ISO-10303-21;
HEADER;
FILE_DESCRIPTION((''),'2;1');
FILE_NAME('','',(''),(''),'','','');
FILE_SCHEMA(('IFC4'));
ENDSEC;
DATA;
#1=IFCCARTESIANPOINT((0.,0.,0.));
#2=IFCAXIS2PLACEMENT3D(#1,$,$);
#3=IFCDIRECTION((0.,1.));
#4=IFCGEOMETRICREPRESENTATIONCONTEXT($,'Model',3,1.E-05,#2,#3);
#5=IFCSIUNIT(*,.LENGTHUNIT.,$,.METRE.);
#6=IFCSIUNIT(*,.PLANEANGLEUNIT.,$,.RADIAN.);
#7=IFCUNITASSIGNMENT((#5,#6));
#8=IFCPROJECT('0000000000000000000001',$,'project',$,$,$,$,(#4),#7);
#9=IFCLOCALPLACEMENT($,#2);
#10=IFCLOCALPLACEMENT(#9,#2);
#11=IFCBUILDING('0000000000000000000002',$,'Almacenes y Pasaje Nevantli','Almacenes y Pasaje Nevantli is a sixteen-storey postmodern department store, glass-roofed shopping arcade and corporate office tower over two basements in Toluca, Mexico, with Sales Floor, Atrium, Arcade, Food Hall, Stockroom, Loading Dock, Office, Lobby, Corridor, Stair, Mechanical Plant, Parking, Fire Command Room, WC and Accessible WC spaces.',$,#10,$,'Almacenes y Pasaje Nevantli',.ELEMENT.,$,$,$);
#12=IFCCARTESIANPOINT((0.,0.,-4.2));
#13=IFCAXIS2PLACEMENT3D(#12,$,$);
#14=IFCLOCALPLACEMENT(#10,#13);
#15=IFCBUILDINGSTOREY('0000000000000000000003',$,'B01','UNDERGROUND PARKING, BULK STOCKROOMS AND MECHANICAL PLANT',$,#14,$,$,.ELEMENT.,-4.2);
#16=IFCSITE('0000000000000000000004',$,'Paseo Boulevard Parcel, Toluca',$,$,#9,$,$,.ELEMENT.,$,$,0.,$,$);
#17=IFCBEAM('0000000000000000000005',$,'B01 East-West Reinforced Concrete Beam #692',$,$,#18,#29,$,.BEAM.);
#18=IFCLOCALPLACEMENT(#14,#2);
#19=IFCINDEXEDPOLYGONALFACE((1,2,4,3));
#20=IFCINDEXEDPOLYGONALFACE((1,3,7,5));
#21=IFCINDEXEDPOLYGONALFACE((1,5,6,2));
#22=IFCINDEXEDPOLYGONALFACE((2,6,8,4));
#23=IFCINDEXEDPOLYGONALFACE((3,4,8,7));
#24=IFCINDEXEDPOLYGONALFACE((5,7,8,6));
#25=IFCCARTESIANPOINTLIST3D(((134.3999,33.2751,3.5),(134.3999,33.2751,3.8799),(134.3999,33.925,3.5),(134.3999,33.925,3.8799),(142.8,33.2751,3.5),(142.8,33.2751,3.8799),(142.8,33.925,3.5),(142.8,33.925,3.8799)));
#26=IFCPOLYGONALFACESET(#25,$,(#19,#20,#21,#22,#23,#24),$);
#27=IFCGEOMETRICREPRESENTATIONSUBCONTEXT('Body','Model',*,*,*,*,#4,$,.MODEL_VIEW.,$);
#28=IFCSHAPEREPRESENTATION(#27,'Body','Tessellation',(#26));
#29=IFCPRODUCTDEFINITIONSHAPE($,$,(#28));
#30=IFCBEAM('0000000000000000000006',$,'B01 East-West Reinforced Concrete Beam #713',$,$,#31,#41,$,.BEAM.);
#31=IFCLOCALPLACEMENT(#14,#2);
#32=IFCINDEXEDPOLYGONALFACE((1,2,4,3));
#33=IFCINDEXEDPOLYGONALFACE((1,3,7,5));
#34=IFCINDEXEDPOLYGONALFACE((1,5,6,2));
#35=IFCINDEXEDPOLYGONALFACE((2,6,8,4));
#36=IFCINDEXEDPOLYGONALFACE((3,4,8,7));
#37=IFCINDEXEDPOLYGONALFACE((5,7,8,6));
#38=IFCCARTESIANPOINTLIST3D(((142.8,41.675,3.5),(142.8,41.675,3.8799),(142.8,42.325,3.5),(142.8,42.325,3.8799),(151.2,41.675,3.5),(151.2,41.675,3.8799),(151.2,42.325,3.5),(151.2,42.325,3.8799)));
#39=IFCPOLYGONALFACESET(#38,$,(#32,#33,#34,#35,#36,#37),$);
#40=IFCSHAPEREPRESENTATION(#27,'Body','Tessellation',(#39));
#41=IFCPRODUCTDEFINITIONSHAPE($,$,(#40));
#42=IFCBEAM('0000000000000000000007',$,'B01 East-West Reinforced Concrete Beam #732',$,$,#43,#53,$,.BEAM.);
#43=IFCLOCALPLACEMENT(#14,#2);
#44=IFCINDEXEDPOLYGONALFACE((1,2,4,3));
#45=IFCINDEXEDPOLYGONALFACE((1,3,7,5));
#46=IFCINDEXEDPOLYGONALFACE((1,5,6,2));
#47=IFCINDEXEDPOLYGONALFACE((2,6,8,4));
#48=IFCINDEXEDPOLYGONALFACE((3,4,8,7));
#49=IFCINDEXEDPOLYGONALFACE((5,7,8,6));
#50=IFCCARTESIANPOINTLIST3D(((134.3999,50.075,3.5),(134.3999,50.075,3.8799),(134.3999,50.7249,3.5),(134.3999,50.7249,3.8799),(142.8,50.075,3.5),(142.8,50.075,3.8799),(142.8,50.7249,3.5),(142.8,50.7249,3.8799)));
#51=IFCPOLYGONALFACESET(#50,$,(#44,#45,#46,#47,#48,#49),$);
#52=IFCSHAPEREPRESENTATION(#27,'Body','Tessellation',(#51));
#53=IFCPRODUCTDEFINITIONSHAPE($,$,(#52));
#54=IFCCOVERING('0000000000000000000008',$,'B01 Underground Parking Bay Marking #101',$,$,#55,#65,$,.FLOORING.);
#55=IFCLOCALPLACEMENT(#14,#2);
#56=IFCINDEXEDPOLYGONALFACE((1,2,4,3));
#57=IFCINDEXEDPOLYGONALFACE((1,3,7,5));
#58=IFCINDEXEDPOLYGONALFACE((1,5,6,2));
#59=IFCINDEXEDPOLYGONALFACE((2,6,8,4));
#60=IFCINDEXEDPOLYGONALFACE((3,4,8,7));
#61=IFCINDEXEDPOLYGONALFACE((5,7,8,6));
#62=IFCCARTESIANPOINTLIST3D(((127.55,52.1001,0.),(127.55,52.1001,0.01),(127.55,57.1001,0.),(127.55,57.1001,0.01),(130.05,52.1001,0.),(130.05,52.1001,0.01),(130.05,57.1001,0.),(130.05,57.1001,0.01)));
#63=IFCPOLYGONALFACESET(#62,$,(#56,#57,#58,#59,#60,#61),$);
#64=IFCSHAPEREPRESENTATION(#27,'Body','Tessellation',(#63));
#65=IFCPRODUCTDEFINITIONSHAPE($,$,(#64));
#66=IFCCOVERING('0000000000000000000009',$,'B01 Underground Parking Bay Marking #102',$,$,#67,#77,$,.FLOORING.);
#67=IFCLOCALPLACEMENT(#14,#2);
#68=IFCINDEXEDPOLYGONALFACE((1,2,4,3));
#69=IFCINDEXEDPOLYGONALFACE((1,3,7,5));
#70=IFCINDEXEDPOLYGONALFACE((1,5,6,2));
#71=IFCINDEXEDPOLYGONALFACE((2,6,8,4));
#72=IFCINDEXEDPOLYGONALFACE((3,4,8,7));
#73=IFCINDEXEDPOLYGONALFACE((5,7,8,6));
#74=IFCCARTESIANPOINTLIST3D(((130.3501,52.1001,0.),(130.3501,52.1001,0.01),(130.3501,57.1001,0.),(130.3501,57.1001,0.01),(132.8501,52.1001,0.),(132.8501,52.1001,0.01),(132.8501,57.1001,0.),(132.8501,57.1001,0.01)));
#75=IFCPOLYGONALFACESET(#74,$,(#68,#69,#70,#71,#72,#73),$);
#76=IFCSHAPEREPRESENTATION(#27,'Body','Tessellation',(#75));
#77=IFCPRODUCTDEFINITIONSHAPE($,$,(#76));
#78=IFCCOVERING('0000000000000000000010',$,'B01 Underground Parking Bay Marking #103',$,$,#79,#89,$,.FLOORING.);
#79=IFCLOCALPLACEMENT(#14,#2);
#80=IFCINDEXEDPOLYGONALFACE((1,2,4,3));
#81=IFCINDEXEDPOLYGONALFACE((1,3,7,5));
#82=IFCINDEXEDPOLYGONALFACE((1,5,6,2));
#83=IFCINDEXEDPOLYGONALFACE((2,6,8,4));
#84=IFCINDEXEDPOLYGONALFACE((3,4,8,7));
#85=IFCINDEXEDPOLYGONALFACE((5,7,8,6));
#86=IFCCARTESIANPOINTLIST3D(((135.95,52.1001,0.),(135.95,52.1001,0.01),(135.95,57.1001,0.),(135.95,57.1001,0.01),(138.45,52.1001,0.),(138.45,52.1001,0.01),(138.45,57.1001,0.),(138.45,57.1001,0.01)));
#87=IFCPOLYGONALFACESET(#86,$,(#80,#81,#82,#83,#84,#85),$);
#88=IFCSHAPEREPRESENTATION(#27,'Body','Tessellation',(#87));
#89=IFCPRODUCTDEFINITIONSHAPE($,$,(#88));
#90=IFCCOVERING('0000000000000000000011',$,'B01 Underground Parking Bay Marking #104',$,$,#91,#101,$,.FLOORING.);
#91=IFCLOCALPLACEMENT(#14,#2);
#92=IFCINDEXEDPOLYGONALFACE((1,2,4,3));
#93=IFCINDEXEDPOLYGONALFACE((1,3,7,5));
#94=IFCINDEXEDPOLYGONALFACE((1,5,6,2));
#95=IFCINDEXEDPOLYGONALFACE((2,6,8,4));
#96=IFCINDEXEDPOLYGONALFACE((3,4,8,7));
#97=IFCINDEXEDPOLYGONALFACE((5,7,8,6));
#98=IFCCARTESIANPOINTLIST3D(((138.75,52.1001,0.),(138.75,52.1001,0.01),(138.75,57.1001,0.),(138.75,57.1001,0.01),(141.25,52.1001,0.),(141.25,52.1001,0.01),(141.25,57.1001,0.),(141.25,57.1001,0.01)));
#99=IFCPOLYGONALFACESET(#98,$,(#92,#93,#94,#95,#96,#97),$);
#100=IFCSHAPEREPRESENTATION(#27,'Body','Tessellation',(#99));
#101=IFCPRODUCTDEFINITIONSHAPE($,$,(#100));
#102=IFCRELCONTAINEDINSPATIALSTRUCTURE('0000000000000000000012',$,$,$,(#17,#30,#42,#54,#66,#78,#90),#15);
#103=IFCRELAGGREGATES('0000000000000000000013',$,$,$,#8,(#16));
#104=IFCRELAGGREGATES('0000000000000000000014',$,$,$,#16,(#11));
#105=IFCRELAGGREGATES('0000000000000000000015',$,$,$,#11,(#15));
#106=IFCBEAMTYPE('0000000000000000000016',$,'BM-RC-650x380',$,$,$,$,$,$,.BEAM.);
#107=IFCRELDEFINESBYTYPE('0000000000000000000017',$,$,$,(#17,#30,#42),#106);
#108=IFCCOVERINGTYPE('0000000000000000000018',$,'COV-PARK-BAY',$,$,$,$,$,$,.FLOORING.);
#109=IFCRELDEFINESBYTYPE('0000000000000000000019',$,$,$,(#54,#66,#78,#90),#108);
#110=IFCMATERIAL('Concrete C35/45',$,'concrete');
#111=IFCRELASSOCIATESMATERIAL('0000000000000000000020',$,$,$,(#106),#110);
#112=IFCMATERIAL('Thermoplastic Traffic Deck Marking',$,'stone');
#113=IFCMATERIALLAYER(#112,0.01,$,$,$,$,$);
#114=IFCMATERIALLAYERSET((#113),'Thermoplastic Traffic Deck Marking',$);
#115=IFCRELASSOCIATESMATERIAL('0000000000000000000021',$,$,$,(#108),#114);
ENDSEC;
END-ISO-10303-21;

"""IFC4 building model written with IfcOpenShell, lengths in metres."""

from ifc_helpers import new_model, si_unit, direction, frame, origin, origin_2d, place, context, subcontext, project, spatial, rectangle, extrude, material, layer, layer_set, material_profile, profile_set, type_object, element, save


model = new_model("IFC4")

# Units and contexts
model_context = context("Model", 3, precision=1e-05, world=origin(), true_north=direction((0.0, 1.0)))
body_context = subcontext(model_context, "Body", "Model", "MODEL_VIEW")
ifc_project = project(units=[si_unit("LENGTHUNIT", "METRE"), si_unit("PLANEANGLEUNIT", "RADIAN")], contexts=[model_context])

# Site, building, storey
site_placement = place(None, origin())
site = spatial("IfcSite", under=ifc_project, at=site_placement, Name="Paseo Boulevard Parcel, Toluca", CompositionType="ELEMENT", RefElevation=0.0)
building_placement = place(site_placement, origin())
building = spatial("IfcBuilding", under=site, at=building_placement, Name="Almacenes y Pasaje Nevantli", Description="Almacenes y Pasaje Nevantli is a sixteen-storey postmodern department store, glass-roofed shopping arcade and corporate office tower over two basements in Toluca, Mexico, with Sales Floor, Atrium, Arcade, Food Hall, Stockroom, Loading Dock, Office, Lobby, Corridor, Stair, Mechanical Plant, Parking, Fire Command Room, WC and Accessible WC spaces.", LongName="Almacenes y Pasaje Nevantli", CompositionType="ELEMENT")
storey_placement = place(building_placement, frame((0.0, 0.0, -4.2)))
storey = spatial("IfcBuildingStorey", under=building, at=storey_placement, Name="B01", Description="UNDERGROUND PARKING, BULK STOCKROOMS AND MECHANICAL PLANT", CompositionType="ELEMENT", Elevation=-4.2)

# Beams
ifc_material_1 = material(Name="Concrete C35/45", Category="concrete")
ifc_material_profile_1 = material_profile(ifc_material_1, rectangle(XDim=0.6499, YDim=0.3799, at=origin_2d()), Name="RC-BM-650x380")
ifc_profile_set_1 = profile_set([ifc_material_profile_1], Name="Concrete C35/45")
beam_type_1 = type_object("IfcBeamType", Name="BM-RC-650x380", PredefinedType="BEAM", material=ifc_profile_set_1)
beam_1_placement = place(storey_placement, frame((134.3999, 33.6001, 3.6899), z_axis=(1.0, 0.0, 0.0), x_axis=(0.0, 1.0, 0.0)))
element("IfcBeam", 1, at=beam_1_placement, inside=storey, type_object=beam_type_1, Name="B01 East-West Reinforced Concrete Beam #692", PredefinedType="BEAM", context=body_context, shape_type="SweptSolid", body=[
    extrude(rectangle(XDim=0.6499, YDim=0.3799, at=origin_2d()), origin(), (0.0, 0.0, 1.0), 8.4001),
])
beam_2_placement = place(storey_placement, frame((142.8, 42.0, 3.6899), z_axis=(1.0, 0.0, 0.0), x_axis=(0.0, 1.0, 0.0)))
element("IfcBeam", 2, at=beam_2_placement, inside=storey, type_object=beam_type_1, Name="B01 East-West Reinforced Concrete Beam #713", PredefinedType="BEAM", context=body_context, shape_type="SweptSolid", body=[
    extrude(rectangle(XDim=0.6499, YDim=0.3799, at=origin_2d()), origin(), (0.0, 0.0, 1.0), 8.3999),
])
beam_3_placement = place(storey_placement, frame((134.3999, 50.3999, 3.6899), z_axis=(1.0, 0.0, 0.0), x_axis=(0.0, 1.0, 0.0)))
element("IfcBeam", 3, at=beam_3_placement, inside=storey, type_object=beam_type_1, Name="B01 East-West Reinforced Concrete Beam #732", PredefinedType="BEAM", context=body_context, shape_type="SweptSolid", body=[
    extrude(rectangle(XDim=0.6499, YDim=0.3799, at=origin_2d()), origin(), (0.0, 0.0, 1.0), 8.4001),
])

# Coverings
ifc_material_2 = material(Name="Thermoplastic Traffic Deck Marking", Category="stone")
ifc_layer = layer(ifc_material_2, 0.01)
ifc_layer_set = layer_set([ifc_layer], Name="Thermoplastic Traffic Deck Marking")
covering_type = type_object("IfcCoveringType", Name="COV-PARK-BAY", PredefinedType="FLOORING", material=ifc_layer_set)
for number, where, z_axis, x_axis, name in (
    (4, (128.8, 54.6001, 0.0), (0.0, 0.0, 1.0), (1.0, 0.0, 0.0), "B01 Underground Parking Bay Marking #101"),
    (5, (131.6001, 54.6001, 0.0), (0.0, 0.0, 1.0), (1.0, 0.0, 0.0), "B01 Underground Parking Bay Marking #102"),
    (6, (137.2, 54.6001, 0.0), (0.0, 0.0, 1.0), (1.0, 0.0, 0.0), "B01 Underground Parking Bay Marking #103"),
    (7, (140.0, 54.6001, 0.0), (0.0, 0.0, 1.0), (1.0, 0.0, 0.0), "B01 Underground Parking Bay Marking #104"),
):
    element("IfcCovering", number, at=place(storey_placement, frame(where, z_axis=z_axis, x_axis=x_axis)), inside=storey, type_object=covering_type, Name=name, PredefinedType="FLOORING", context=body_context, shape_type="SweptSolid", body=[
        extrude(rectangle(XDim=2.5, YDim=5.0, at=origin_2d()), origin(), (0.0, 0.0, 1.0), 0.01),
    ])

save(model, "model.ifc")
